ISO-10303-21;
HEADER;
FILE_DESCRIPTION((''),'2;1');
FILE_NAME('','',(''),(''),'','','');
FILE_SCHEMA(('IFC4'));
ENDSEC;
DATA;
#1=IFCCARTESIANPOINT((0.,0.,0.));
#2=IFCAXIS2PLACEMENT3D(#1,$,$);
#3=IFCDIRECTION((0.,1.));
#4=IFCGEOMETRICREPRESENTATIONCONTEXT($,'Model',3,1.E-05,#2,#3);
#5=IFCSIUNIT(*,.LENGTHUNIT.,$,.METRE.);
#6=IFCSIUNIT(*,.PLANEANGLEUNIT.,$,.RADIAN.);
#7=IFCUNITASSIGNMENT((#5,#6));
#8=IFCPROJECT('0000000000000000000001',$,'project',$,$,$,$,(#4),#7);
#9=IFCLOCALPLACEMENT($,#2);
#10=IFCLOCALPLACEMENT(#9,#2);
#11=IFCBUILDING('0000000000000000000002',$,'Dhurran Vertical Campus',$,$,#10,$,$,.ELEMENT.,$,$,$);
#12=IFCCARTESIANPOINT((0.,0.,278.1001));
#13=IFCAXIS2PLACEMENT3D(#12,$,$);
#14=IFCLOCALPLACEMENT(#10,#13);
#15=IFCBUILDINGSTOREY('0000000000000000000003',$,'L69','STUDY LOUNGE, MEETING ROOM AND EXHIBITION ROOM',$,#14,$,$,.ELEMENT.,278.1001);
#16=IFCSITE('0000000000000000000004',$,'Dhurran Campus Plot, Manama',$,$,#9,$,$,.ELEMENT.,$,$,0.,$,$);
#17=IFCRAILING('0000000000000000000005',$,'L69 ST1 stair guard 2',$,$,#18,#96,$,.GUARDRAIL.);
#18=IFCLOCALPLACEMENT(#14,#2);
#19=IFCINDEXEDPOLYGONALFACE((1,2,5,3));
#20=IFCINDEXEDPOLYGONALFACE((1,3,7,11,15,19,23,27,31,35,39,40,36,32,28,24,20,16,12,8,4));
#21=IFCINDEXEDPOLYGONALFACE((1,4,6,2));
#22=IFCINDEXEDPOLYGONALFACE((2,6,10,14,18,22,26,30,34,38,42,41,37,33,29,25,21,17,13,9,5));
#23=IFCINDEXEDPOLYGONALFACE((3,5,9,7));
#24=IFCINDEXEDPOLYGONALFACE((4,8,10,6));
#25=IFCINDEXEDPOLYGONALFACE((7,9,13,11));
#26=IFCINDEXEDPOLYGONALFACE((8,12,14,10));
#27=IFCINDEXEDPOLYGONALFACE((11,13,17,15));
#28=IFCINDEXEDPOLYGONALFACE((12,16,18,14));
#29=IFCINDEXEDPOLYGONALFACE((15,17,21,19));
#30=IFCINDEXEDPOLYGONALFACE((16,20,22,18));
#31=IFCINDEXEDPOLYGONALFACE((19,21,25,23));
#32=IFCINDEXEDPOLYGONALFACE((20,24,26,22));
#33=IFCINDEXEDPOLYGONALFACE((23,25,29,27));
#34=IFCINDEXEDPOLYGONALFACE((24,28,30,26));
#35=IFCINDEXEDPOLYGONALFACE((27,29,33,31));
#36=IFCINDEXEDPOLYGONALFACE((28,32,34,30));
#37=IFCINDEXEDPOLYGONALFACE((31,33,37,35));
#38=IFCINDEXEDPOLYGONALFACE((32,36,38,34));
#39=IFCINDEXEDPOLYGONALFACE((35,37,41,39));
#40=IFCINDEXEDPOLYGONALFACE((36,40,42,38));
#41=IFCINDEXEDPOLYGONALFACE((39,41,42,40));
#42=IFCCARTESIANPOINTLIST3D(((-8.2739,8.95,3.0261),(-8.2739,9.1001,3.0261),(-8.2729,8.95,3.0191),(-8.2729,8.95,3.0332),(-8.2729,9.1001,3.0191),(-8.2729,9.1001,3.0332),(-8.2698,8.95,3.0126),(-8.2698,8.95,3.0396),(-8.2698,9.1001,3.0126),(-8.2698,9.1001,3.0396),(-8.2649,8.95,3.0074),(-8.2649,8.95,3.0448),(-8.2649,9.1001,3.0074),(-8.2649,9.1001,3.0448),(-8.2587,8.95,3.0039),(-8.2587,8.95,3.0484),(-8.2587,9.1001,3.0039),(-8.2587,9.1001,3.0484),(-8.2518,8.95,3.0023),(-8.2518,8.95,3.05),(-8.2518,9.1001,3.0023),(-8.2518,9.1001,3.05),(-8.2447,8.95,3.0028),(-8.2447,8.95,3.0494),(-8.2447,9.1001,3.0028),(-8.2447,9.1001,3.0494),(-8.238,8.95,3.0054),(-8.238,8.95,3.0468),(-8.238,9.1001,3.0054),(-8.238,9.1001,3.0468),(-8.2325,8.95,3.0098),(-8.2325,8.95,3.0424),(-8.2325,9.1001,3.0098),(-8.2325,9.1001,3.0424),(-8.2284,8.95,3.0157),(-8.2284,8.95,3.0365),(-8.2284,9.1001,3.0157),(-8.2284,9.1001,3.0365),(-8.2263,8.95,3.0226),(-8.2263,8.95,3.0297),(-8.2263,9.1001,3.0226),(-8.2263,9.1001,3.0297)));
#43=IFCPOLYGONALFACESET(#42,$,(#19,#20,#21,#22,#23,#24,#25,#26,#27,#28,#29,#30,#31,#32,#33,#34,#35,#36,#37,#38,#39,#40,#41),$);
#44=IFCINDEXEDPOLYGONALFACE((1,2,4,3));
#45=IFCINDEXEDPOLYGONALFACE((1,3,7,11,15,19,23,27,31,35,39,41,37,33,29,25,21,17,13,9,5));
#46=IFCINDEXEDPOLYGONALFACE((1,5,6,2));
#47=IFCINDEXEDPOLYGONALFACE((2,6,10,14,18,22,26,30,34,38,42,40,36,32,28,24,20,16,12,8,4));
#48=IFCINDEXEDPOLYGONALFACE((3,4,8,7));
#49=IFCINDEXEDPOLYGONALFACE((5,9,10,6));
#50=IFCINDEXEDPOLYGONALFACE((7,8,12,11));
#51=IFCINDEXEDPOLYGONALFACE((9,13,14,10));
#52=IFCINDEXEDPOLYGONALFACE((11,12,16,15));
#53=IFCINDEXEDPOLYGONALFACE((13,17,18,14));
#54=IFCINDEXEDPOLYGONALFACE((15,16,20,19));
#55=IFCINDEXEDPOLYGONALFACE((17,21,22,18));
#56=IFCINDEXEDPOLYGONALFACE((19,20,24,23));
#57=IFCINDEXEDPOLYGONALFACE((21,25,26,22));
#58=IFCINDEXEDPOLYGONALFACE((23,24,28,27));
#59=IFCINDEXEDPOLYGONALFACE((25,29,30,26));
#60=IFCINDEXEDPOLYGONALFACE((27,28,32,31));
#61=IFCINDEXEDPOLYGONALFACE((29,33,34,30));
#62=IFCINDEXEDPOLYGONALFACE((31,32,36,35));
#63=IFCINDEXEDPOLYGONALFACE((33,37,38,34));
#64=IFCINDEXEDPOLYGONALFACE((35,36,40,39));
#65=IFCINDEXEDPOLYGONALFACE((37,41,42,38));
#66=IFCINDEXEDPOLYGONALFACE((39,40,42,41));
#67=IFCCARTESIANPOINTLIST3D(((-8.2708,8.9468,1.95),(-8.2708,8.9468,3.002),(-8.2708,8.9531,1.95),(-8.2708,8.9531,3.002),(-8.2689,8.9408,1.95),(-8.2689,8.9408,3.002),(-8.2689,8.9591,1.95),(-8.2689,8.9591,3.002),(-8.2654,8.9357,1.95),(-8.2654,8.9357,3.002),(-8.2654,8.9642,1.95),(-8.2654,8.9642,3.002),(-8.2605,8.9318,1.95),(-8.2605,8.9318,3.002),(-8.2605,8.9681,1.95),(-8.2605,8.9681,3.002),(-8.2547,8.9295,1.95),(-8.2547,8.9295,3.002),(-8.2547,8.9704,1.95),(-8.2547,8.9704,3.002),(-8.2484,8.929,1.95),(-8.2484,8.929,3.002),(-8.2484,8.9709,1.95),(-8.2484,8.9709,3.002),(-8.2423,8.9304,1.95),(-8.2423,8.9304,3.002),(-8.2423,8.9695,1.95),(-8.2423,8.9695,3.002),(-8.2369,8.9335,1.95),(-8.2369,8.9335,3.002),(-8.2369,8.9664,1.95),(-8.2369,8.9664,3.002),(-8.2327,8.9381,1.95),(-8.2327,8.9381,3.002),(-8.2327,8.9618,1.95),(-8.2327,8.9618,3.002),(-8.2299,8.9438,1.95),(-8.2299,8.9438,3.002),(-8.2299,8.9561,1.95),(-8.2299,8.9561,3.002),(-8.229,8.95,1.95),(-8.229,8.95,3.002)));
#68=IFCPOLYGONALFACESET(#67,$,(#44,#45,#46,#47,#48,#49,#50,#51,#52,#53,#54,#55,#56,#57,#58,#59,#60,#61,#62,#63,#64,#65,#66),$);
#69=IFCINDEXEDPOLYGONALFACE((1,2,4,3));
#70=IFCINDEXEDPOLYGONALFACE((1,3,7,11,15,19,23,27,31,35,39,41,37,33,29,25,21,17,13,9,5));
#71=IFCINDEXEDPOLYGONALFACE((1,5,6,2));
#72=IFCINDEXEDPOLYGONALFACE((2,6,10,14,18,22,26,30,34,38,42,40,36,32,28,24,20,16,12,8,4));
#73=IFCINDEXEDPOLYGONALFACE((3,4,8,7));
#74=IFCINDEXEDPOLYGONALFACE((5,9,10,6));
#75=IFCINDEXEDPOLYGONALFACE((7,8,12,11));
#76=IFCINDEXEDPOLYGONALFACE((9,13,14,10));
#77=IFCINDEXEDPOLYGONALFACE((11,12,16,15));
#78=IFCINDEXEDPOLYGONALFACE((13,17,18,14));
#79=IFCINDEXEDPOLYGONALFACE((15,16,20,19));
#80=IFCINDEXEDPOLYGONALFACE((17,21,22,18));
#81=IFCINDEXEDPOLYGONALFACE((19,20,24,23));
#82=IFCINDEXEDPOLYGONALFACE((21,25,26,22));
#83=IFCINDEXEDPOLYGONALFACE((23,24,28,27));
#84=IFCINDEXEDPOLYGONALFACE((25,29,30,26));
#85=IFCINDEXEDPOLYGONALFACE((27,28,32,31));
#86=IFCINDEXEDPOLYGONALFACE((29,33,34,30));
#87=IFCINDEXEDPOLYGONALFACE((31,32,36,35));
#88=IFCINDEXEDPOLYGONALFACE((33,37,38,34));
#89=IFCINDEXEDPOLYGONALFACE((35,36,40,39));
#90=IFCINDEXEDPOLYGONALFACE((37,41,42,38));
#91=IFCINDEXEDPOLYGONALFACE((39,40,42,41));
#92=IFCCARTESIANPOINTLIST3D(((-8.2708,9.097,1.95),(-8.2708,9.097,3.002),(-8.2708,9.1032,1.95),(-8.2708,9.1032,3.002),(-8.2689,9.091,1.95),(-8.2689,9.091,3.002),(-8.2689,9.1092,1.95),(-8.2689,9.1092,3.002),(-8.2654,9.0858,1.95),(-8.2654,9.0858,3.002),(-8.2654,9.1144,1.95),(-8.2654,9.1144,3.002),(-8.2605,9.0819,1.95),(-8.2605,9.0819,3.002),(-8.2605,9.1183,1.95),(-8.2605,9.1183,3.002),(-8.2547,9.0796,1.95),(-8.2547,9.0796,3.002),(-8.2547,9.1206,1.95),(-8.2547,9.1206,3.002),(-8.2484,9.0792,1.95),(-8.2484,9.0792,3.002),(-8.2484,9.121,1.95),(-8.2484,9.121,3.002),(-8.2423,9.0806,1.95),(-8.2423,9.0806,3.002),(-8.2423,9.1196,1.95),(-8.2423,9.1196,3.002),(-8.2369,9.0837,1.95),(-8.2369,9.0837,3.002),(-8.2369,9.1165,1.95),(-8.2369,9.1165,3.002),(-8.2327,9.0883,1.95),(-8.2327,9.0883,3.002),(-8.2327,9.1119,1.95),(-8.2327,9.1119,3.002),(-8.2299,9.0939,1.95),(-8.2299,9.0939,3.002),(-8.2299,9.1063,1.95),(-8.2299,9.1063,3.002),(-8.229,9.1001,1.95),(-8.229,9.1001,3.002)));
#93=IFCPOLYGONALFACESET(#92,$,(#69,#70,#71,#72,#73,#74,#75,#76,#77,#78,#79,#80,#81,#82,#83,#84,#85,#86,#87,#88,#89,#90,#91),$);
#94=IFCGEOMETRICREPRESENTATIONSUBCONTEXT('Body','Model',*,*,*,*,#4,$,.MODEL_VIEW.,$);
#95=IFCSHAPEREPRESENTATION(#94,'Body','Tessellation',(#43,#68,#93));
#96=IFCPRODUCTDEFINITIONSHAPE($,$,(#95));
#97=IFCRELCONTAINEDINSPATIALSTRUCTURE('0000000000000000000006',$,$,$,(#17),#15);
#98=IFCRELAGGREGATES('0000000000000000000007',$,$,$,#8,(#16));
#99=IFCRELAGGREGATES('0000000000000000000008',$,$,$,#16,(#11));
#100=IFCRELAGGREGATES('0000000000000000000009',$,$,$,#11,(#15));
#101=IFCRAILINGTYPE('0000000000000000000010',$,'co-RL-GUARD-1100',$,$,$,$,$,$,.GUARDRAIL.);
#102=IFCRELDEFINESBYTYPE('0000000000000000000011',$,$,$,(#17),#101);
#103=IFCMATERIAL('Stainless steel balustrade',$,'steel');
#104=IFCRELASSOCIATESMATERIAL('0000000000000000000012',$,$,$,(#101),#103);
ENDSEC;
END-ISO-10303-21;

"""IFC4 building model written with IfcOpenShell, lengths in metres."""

from ifc_helpers import new_model, si_unit, direction, frame, origin, origin_2d, place, context, subcontext, project, spatial, circle, extrude, material, type_object, element, save


model = new_model("IFC4")

# Units and contexts
model_context = context("Model", 3, precision=1e-05, world=origin(), true_north=direction((0.0, 1.0)))
body_context = subcontext(model_context, "Body", "Model", "MODEL_VIEW")
ifc_project = project(units=[si_unit("LENGTHUNIT", "METRE"), si_unit("PLANEANGLEUNIT", "RADIAN")], contexts=[model_context])

# Site, building, storey
site_placement = place(None, origin())
site = spatial("IfcSite", under=ifc_project, at=site_placement, Name="Dhurran Campus Plot, Manama", CompositionType="ELEMENT", RefElevation=0.0)
building_placement = place(site_placement, origin())
building = spatial("IfcBuilding", under=site, at=building_placement, Name="Dhurran Vertical Campus", CompositionType="ELEMENT")
storey_placement = place(building_placement, frame((0.0, 0.0, 278.1001)))
storey = spatial("IfcBuildingStorey", under=building, at=storey_placement, Name="L69", Description="STUDY LOUNGE, MEETING ROOM AND EXHIBITION ROOM", CompositionType="ELEMENT", Elevation=278.1001)

# Railing
ifc_material_1 = material(Name="Stainless steel balustrade", Category="steel")
railing_type_1 = type_object("IfcRailingType", Name="co-RL-GUARD-1100", PredefinedType="GUARDRAIL", material=ifc_material_1)
railing_1_placement = place(storey_placement, frame((-8.25, 8.95, 1.95)))
element("IfcRailing", 1, at=railing_1_placement, inside=storey, type_object=railing_type_1, Name="L69 ST1 stair guard 2", PredefinedType="GUARDRAIL", context=body_context, shape_type="SweptSolid", body=[
    extrude(circle(Radius=0.0239, at=origin_2d()), frame((0.0, 0.0, 1.0762), z_axis=(0.0, 1.0, 0.0), x_axis=(-1.0, 0.0, 0.0)), (0.0, 0.0, 1.0), 0.1501),
    extrude(circle(Radius=0.021, at=origin_2d()), origin(), (0.0, 0.0, 1.0), 1.052),
    extrude(circle(Radius=0.021, at=origin_2d()), frame((0.0, 0.1501, 0.0)), (0.0, 0.0, 1.0), 1.052),
])

save(model, "model.ifc")
